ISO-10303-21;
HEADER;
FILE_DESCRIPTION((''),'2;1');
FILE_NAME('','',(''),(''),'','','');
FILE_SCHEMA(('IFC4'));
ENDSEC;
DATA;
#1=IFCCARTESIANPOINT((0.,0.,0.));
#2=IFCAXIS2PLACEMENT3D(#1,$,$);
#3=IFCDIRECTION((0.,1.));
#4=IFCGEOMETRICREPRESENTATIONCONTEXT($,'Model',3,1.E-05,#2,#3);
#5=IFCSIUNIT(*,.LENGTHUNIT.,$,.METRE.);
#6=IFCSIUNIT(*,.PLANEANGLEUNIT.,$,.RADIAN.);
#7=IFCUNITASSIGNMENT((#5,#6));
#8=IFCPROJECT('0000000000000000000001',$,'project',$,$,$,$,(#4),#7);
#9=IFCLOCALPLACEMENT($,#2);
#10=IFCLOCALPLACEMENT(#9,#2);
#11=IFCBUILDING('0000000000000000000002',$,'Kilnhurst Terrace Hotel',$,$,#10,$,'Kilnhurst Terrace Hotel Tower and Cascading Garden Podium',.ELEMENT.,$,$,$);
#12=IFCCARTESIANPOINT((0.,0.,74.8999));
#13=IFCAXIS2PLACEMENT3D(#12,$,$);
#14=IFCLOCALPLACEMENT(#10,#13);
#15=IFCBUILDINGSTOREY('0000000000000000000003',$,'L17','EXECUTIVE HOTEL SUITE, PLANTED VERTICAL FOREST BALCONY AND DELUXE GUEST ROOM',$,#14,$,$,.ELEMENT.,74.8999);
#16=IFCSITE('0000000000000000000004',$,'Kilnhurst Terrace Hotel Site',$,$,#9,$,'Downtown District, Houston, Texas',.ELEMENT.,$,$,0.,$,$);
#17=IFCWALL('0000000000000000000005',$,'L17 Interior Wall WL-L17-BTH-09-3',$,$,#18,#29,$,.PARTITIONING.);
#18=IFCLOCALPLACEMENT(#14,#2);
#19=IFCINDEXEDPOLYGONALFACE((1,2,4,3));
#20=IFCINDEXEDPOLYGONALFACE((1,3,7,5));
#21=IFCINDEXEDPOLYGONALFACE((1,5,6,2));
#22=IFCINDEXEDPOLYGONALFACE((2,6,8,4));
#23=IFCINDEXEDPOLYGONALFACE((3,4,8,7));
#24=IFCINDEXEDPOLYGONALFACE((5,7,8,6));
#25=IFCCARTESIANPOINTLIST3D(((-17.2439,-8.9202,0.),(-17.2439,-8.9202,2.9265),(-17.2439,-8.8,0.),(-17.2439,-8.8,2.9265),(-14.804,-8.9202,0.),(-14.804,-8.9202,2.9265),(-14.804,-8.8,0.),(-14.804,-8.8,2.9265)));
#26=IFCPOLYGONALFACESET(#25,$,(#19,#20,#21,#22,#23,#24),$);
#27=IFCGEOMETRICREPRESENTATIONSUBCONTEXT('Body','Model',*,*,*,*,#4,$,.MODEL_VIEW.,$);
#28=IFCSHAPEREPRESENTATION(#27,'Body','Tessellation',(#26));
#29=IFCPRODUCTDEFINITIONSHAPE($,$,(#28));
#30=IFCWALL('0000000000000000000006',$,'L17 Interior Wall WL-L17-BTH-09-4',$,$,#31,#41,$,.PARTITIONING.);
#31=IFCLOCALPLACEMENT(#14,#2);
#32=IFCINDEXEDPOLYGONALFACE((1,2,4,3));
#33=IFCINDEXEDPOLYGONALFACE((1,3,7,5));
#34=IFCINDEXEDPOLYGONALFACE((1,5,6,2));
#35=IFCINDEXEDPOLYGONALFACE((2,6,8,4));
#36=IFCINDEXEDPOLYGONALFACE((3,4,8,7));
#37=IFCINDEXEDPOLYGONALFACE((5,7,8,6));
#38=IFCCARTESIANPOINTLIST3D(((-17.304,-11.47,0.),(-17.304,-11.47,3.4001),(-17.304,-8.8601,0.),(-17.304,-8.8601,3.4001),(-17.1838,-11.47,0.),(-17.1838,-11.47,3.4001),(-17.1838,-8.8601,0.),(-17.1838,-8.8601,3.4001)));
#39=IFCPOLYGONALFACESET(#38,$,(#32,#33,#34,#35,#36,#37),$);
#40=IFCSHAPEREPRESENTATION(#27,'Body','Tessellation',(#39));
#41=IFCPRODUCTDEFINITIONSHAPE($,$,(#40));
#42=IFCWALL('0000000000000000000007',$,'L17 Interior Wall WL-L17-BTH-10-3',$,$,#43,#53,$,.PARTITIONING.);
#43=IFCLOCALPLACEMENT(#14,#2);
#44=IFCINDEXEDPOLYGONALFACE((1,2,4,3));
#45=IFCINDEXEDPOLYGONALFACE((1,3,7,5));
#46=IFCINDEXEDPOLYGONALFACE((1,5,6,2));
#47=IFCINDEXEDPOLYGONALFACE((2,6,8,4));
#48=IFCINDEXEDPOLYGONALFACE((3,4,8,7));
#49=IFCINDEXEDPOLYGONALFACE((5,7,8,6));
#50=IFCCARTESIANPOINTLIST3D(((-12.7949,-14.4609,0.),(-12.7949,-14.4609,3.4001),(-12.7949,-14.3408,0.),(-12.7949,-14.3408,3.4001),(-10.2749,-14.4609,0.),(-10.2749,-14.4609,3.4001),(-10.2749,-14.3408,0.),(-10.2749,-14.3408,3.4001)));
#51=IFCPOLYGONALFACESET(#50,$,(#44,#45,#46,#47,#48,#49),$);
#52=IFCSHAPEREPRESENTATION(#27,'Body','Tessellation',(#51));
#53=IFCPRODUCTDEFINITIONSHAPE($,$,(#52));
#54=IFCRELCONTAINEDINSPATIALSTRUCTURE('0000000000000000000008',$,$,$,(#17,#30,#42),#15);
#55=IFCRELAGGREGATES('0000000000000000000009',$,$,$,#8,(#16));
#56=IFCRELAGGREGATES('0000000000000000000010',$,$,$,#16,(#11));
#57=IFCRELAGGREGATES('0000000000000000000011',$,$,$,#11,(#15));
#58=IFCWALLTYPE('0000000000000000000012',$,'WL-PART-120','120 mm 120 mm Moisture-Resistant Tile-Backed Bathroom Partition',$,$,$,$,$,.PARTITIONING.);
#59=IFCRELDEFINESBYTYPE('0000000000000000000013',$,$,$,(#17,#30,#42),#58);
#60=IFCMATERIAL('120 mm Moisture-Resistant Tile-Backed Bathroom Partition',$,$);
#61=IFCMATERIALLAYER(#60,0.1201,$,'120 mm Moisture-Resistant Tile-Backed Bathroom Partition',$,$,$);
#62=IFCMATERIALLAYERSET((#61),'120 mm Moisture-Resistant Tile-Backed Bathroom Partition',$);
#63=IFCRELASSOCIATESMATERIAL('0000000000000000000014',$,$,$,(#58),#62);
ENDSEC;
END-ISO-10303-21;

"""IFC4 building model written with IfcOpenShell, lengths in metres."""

from ifc_helpers import new_model, si_unit, direction, frame, frame_2d, origin, place, context, subcontext, project, spatial, rectangle, extrude, material, layer, layer_set, type_object, element, save


model = new_model("IFC4")

# Units and contexts
model_context = context("Model", 3, precision=1e-05, world=origin(), true_north=direction((0.0, 1.0)))
body_context = subcontext(model_context, "Body", "Model", "MODEL_VIEW")
ifc_project = project(units=[si_unit("LENGTHUNIT", "METRE"), si_unit("PLANEANGLEUNIT", "RADIAN")], contexts=[model_context])

# Site, building, storey
site_placement = place(None, origin())
site = spatial("IfcSite", under=ifc_project, at=site_placement, Name="Kilnhurst Terrace Hotel Site", LongName="Downtown District, Houston, Texas", CompositionType="ELEMENT", RefElevation=0.0)
building_placement = place(site_placement, origin())
building = spatial("IfcBuilding", under=site, at=building_placement, Name="Kilnhurst Terrace Hotel", LongName="Kilnhurst Terrace Hotel Tower and Cascading Garden Podium", CompositionType="ELEMENT")
storey_placement = place(building_placement, frame((0.0, 0.0, 74.8999)))
storey = spatial("IfcBuildingStorey", under=building, at=storey_placement, Name="L17", Description="EXECUTIVE HOTEL SUITE, PLANTED VERTICAL FOREST BALCONY AND DELUXE GUEST ROOM", CompositionType="ELEMENT", Elevation=74.8999)

# Shared definitions
ifc_material_1 = material(Name="120 mm Moisture-Resistant Tile-Backed Bathroom Partition")
ifc_layer_1 = layer(ifc_material_1, 0.1201, Name="120 mm Moisture-Resistant Tile-Backed Bathroom Partition")
ifc_layer_set_1 = layer_set([ifc_layer_1], Name="120 mm Moisture-Resistant Tile-Backed Bathroom Partition")
wall_type_1 = type_object("IfcWallType", Name="WL-PART-120", Description="120 mm 120 mm Moisture-Resistant Tile-Backed Bathroom Partition", PredefinedType="PARTITIONING", material=ifc_layer_set_1)

# Walls
wall_1_placement = place(storey_placement, frame((-14.804, -8.8601, 0.0), z_axis=(0.0, 0.0, 1.0), x_axis=(-1.0, 0.0, 0.0)))
element("IfcWall", 1, at=wall_1_placement, inside=storey, type_object=wall_type_1, Name="L17 Interior Wall WL-L17-BTH-09-3", PredefinedType="PARTITIONING", context=body_context, shape_type="SweptSolid", body=[
    extrude(rectangle(XDim=2.4399, YDim=0.1201, at=frame_2d((1.22, 0.0))), origin(), (0.0, 0.0, 1.0), 2.9265),
])
wall_2_placement = place(storey_placement, frame((-17.2439, -8.8601, 0.0), z_axis=(0.0, 0.0, 1.0), x_axis=(0.0, -1.0, 0.0)))
element("IfcWall", 2, at=wall_2_placement, inside=storey, type_object=wall_type_1, Name="L17 Interior Wall WL-L17-BTH-09-4", PredefinedType="PARTITIONING", context=body_context, shape_type="SweptSolid", body=[
    extrude(rectangle(XDim=2.6099, YDim=0.1201, at=frame_2d((1.3049, 0.0))), origin(), (0.0, 0.0, 1.0), 3.4001),
])
wall_3_placement = place(storey_placement, frame((-10.2749, -14.4009, 0.0), z_axis=(0.0, 0.0, 1.0), x_axis=(-1.0, 0.0, 0.0)))
element("IfcWall", 3, at=wall_3_placement, inside=storey, type_object=wall_type_1, Name="L17 Interior Wall WL-L17-BTH-10-3", PredefinedType="PARTITIONING", context=body_context, shape_type="SweptSolid", body=[
    extrude(rectangle(XDim=2.52, YDim=0.1201, at=frame_2d((1.26, 0.0))), origin(), (0.0, 0.0, 1.0), 3.4001),
])

save(model, "model.ifc")
